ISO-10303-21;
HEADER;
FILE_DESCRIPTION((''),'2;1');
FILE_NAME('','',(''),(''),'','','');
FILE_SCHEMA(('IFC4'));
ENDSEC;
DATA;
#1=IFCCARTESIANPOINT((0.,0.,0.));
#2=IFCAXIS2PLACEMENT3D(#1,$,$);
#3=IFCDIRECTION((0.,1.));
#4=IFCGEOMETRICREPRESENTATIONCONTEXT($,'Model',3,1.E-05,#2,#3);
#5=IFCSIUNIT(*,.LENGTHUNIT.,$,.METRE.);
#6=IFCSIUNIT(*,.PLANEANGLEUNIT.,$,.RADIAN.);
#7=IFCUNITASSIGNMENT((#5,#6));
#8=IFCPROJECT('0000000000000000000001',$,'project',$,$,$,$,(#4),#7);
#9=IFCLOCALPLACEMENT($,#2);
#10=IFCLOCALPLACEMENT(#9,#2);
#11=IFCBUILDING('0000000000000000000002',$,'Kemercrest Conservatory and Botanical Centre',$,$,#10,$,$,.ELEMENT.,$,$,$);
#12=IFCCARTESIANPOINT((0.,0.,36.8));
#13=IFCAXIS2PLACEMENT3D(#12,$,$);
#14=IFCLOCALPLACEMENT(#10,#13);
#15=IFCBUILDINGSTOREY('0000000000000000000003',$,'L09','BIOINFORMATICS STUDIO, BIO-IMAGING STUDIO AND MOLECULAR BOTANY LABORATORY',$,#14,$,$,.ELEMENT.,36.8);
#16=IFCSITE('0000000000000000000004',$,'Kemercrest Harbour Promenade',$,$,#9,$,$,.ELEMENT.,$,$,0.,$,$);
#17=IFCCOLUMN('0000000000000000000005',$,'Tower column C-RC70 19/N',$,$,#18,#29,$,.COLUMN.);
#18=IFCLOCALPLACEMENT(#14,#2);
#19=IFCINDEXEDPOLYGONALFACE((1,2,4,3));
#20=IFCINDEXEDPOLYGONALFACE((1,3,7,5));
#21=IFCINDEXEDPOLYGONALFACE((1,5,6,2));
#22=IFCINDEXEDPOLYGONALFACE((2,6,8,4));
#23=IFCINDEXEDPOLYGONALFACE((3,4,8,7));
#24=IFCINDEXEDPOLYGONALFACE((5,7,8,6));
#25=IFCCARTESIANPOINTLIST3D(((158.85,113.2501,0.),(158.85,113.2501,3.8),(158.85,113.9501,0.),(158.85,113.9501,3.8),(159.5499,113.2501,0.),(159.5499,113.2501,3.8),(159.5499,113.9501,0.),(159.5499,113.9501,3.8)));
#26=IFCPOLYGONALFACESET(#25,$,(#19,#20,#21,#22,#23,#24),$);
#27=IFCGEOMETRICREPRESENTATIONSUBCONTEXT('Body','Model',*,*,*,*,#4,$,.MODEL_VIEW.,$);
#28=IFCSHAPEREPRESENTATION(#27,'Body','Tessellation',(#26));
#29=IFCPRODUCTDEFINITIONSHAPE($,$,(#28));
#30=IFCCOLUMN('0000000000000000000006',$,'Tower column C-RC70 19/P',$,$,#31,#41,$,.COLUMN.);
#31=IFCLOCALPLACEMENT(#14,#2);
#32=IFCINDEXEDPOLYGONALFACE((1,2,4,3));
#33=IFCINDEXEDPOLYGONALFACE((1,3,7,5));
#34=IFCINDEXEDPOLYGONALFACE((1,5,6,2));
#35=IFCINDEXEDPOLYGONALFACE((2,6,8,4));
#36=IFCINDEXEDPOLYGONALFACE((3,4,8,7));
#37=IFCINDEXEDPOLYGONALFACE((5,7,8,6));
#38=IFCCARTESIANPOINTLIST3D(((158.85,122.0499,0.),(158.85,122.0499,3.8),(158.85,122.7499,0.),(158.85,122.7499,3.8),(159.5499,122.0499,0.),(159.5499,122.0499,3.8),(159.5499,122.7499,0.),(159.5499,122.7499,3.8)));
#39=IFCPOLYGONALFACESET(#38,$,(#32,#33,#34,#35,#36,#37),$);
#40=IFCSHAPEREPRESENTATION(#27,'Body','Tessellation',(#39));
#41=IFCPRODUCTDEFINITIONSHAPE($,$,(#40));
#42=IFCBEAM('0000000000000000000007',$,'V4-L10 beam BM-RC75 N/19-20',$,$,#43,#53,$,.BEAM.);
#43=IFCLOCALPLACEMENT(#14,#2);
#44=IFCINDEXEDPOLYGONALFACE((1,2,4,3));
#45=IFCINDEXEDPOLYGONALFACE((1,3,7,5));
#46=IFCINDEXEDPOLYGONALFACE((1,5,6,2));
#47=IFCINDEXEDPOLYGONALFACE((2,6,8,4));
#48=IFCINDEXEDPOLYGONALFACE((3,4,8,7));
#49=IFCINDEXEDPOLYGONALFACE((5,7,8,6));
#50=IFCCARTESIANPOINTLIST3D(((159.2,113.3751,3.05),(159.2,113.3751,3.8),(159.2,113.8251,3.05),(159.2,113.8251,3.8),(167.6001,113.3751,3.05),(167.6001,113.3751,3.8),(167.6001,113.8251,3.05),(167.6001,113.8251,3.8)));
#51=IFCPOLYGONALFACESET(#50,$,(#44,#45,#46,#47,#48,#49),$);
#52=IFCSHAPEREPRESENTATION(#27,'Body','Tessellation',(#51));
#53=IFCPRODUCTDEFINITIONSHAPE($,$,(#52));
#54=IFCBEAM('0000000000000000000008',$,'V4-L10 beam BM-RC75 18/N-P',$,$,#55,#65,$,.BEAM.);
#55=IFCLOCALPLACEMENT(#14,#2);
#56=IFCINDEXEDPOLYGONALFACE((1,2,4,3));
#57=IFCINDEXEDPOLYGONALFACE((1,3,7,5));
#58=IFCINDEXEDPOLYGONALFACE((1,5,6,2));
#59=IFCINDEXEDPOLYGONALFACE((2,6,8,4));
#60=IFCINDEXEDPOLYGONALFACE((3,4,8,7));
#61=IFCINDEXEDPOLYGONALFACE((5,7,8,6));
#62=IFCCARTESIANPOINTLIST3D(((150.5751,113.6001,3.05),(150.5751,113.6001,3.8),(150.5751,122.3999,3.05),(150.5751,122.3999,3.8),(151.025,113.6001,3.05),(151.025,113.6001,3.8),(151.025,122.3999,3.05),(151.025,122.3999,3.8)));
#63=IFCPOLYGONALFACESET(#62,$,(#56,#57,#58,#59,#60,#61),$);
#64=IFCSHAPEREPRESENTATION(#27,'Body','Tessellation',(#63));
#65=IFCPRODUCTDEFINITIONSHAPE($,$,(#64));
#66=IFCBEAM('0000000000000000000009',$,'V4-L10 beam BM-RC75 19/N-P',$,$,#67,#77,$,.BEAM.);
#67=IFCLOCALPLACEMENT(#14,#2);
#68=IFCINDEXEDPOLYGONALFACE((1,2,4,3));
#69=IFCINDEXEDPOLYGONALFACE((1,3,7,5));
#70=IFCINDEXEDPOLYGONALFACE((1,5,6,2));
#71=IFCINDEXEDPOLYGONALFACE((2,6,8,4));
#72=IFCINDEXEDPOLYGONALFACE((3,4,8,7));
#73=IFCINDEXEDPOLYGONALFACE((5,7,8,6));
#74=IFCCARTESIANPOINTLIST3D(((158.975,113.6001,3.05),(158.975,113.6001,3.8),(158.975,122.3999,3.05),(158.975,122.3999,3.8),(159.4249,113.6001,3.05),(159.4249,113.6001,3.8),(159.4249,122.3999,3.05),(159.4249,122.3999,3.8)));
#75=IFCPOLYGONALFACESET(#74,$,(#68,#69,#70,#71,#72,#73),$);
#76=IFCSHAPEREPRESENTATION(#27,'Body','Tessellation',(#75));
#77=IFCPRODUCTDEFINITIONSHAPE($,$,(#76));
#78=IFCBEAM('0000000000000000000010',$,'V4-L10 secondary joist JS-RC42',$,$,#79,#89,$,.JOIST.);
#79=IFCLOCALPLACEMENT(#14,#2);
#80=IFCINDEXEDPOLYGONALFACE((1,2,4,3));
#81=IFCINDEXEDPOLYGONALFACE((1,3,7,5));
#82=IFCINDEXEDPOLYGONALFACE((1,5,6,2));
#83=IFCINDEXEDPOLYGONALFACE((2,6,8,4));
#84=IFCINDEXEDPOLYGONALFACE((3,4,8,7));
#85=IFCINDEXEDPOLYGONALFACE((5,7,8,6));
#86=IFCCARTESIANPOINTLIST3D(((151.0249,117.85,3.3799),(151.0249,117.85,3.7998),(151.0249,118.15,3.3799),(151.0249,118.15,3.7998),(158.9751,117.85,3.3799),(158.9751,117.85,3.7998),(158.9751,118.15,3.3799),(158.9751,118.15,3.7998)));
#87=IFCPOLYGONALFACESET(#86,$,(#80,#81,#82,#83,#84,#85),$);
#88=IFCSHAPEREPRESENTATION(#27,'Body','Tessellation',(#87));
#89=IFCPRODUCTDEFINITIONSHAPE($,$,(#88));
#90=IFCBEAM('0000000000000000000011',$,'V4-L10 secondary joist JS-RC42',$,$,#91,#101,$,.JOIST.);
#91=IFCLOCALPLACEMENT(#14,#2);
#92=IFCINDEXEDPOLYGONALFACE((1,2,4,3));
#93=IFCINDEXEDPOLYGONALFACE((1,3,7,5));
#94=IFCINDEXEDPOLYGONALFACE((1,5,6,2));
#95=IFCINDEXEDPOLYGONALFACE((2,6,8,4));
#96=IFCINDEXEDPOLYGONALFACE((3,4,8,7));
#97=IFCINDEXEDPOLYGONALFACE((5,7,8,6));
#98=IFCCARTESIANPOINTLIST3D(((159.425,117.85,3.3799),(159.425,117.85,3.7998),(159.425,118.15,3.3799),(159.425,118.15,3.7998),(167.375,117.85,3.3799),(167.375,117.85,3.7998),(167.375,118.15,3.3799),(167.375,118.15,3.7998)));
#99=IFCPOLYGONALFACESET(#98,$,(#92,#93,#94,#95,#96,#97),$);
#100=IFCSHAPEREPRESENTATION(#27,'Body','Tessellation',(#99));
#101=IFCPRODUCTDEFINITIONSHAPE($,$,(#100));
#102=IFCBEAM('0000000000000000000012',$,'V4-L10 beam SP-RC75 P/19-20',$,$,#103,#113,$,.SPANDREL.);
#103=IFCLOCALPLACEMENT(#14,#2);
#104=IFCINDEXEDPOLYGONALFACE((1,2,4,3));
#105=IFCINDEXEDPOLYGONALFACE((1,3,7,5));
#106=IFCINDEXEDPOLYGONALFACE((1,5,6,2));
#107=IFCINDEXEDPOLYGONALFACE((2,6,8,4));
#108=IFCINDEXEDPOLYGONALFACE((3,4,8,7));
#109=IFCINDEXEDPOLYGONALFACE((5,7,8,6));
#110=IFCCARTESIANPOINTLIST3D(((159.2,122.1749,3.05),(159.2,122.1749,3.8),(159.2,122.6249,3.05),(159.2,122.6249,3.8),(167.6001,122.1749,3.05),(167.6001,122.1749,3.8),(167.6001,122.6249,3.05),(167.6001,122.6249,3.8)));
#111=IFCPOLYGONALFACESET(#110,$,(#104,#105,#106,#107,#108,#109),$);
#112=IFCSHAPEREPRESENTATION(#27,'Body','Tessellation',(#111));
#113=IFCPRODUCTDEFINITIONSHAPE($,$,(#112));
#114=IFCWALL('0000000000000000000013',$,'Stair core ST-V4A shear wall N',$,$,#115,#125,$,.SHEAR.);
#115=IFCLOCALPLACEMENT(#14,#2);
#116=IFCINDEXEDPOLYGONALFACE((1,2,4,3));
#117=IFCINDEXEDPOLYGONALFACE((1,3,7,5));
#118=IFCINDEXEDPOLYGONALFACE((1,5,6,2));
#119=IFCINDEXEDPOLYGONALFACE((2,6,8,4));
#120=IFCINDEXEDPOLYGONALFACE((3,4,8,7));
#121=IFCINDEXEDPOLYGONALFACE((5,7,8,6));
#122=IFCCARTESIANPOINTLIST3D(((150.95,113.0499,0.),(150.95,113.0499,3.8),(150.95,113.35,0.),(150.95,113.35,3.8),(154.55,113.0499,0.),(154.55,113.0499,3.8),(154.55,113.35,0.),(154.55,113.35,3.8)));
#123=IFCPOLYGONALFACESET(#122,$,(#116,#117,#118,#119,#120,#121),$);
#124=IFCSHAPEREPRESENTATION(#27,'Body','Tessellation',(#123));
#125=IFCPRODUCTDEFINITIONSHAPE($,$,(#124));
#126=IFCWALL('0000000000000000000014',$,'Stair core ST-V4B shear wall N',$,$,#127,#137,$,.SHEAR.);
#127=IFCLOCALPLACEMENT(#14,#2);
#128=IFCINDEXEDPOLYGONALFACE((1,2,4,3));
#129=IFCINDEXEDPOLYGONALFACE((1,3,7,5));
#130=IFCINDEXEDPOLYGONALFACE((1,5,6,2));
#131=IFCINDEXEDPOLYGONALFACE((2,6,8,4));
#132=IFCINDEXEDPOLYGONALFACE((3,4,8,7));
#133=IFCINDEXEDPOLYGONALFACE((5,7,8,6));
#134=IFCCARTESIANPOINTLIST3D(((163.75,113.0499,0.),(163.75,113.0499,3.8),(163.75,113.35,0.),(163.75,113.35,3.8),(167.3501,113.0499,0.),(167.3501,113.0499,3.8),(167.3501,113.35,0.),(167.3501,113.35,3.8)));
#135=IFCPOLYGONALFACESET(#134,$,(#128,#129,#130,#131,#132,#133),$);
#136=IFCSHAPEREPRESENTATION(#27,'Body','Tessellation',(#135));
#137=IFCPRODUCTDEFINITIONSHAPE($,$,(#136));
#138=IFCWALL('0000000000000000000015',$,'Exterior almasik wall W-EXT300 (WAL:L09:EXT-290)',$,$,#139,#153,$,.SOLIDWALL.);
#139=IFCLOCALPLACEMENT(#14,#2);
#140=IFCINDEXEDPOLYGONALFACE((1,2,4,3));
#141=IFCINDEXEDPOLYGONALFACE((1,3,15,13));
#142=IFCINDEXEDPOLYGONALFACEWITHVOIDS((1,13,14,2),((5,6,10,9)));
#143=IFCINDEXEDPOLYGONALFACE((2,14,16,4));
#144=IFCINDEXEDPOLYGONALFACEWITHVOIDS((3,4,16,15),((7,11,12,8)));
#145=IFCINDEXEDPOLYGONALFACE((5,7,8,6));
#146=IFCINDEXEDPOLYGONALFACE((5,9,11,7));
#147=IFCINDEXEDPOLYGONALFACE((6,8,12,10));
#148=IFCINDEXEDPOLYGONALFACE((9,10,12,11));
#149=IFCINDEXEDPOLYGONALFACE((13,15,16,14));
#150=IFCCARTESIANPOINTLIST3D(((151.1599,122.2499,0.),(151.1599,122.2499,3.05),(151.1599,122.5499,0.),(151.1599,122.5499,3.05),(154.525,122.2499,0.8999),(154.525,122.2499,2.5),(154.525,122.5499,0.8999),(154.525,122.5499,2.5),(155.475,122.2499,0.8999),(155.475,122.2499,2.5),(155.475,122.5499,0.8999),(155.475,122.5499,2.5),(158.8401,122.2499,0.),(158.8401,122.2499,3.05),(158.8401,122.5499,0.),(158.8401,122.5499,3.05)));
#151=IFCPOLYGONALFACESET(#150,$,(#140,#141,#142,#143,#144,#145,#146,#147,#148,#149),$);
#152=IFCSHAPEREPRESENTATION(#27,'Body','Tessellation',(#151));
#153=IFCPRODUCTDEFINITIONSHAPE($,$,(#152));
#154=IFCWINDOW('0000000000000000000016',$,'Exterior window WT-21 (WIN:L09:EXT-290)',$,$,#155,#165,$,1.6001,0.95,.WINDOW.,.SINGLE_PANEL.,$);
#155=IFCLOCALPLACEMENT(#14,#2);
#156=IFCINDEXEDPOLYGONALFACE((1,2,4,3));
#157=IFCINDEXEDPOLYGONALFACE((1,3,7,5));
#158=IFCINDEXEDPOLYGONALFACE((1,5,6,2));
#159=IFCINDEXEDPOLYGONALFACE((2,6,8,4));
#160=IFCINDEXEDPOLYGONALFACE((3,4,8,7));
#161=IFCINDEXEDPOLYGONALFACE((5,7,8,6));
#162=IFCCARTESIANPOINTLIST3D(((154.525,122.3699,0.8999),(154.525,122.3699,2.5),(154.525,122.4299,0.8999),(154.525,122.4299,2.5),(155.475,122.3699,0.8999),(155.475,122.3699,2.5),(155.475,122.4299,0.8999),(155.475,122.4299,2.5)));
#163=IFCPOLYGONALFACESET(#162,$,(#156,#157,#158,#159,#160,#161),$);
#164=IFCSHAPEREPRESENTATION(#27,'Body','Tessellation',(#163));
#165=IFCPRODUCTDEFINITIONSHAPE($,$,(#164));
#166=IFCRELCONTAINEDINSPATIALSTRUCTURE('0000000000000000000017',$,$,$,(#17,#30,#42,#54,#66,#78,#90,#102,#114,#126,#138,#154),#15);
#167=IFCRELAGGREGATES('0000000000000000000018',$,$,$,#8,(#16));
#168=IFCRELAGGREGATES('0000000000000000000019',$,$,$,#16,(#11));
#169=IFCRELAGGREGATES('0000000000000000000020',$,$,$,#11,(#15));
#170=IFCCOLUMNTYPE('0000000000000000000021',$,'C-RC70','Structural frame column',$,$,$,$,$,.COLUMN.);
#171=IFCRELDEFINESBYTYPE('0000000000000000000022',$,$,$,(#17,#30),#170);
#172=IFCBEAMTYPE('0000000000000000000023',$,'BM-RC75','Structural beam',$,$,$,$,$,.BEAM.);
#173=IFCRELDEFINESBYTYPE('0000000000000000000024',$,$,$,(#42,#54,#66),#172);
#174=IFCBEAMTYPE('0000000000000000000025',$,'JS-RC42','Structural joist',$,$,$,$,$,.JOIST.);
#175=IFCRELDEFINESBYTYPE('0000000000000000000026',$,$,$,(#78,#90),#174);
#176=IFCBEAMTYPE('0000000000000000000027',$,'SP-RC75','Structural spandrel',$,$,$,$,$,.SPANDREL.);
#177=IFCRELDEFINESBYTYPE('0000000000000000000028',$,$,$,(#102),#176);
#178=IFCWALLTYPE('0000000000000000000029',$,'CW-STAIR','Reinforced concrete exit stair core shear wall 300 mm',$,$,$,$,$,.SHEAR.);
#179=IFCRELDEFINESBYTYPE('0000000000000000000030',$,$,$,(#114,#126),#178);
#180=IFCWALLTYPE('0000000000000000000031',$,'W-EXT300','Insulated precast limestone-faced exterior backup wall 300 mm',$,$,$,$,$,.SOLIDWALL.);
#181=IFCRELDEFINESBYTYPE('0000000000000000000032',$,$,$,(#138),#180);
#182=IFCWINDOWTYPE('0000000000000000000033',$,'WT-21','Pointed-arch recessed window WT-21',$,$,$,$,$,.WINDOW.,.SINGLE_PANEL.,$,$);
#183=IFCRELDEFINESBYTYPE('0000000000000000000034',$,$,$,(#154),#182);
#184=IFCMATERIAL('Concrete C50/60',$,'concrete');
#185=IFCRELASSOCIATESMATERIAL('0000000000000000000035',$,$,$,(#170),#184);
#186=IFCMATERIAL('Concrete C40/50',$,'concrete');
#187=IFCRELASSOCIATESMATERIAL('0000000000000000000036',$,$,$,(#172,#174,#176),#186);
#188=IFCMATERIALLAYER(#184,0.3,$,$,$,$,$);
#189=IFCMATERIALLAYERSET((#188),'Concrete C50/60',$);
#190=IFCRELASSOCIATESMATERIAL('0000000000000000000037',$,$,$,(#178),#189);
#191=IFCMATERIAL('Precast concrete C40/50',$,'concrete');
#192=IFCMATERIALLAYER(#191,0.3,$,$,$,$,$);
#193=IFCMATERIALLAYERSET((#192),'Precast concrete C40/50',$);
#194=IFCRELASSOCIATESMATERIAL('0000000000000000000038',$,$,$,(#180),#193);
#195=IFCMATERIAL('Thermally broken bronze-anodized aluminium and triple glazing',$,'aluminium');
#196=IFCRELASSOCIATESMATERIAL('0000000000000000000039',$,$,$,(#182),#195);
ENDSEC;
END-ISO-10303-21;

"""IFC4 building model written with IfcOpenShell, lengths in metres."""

from ifc_helpers import new_model, si_unit, direction, frame, frame_2d, origin, origin_2d, place, context, subcontext, project, spatial, rectangle, extrude, material, layer, layer_set, material_profile, profile_set, type_object, element, fill, save


model = new_model("IFC4")

# Units and contexts
model_context = context("Model", 3, precision=1e-05, world=origin(), true_north=direction((0.0, 1.0)))
body_context = subcontext(model_context, "Body", "Model", "MODEL_VIEW")
ifc_project = project(units=[si_unit("LENGTHUNIT", "METRE"), si_unit("PLANEANGLEUNIT", "RADIAN")], contexts=[model_context])

# Site, building, storey
site_placement = place(None, origin())
site = spatial("IfcSite", under=ifc_project, at=site_placement, Name="Kemercrest Harbour Promenade", CompositionType="ELEMENT", RefElevation=0.0)
building_placement = place(site_placement, origin())
building = spatial("IfcBuilding", under=site, at=building_placement, Name="Kemercrest Conservatory and Botanical Centre", CompositionType="ELEMENT")
storey_placement = place(building_placement, frame((0.0, 0.0, 36.8)))
storey = spatial("IfcBuildingStorey", under=building, at=storey_placement, Name="L09", Description="BIOINFORMATICS STUDIO, BIO-IMAGING STUDIO AND MOLECULAR BOTANY LABORATORY", CompositionType="ELEMENT", Elevation=36.8)

# Columns
ifc_material_1 = material(Name="Concrete C50/60", Category="concrete")
ifc_material_profile_1 = material_profile(ifc_material_1, rectangle(XDim=0.7, YDim=0.7, at=origin_2d()), Name="RC 700x700")
ifc_profile_set_1 = profile_set([ifc_material_profile_1], Name="Concrete C50/60")
column_type = type_object("IfcColumnType", Name="C-RC70", Description="Structural frame column", PredefinedType="COLUMN", material=ifc_profile_set_1)
for number, where, z_axis, x_axis, name in (
    (1, (159.2, 113.6001, 0.0), (0.0, 0.0, 1.0), (1.0, 0.0, 0.0), "Tower column C-RC70 19/N"),
    (2, (159.2, 122.3999, 0.0), (0.0, 0.0, 1.0), (1.0, 0.0, 0.0), "Tower column C-RC70 19/P"),
):
    element("IfcColumn", number, at=place(storey_placement, frame(where, z_axis=z_axis, x_axis=x_axis)), inside=storey, type_object=column_type, Name=name, PredefinedType="COLUMN", context=body_context, shape_type="SweptSolid", body=[
        extrude(rectangle(XDim=0.7, YDim=0.7, at=origin_2d()), origin(), (0.0, 0.0, 1.0), 3.8),
    ])

# Beams
ifc_material_2 = material(Name="Concrete C40/50", Category="concrete")
ifc_material_profile_2 = material_profile(ifc_material_2, rectangle(XDim=0.45, YDim=0.75, at=origin_2d()), Name="RC 450x750")
ifc_profile_set_2 = profile_set([ifc_material_profile_2], Name="Concrete C40/50")
beam_type_1 = type_object("IfcBeamType", Name="BM-RC75", Description="Structural beam", PredefinedType="BEAM", material=ifc_profile_set_2)
beam_1_placement = place(storey_placement, frame((159.2, 113.6001, 3.425), z_axis=(1.0, 0.0, 0.0), x_axis=(0.0, 1.0, 0.0)))
element("IfcBeam", 3, at=beam_1_placement, inside=storey, type_object=beam_type_1, Name="V4-L10 beam BM-RC75 N/19-20", PredefinedType="BEAM", context=body_context, shape_type="SweptSolid", body=[
    extrude(rectangle(XDim=0.45, YDim=0.75, at=origin_2d()), origin(), (0.0, 0.0, 1.0), 8.4001),
])
for number, where, z_axis, x_axis, name in (
    (4, (150.8, 113.6001, 3.425), (0.0, 1.0, 0.0), (-1.0, 0.0, 0.0), "V4-L10 beam BM-RC75 18/N-P"),
    (5, (159.2, 113.6001, 3.425), (0.0, 1.0, 0.0), (-1.0, 0.0, 0.0), "V4-L10 beam BM-RC75 19/N-P"),
):
    element("IfcBeam", number, at=place(storey_placement, frame(where, z_axis=z_axis, x_axis=x_axis)), inside=storey, type_object=beam_type_1, Name=name, PredefinedType="BEAM", context=body_context, shape_type="SweptSolid", body=[
        extrude(rectangle(XDim=0.45, YDim=0.75, at=origin_2d()), origin(), (0.0, 0.0, 1.0), 8.7998),
    ])
ifc_material_profile_3 = material_profile(ifc_material_2, rectangle(XDim=0.3, YDim=0.4199, at=origin_2d()), Name="RC 300x420")
ifc_profile_set_3 = profile_set([ifc_material_profile_3], Name="Concrete C40/50")
beam_type_2 = type_object("IfcBeamType", Name="JS-RC42", Description="Structural joist", PredefinedType="JOIST", material=ifc_profile_set_3)
beam_2_placement = place(storey_placement, frame((151.0249, 118.0, 3.5898), z_axis=(1.0, 0.0, 0.0), x_axis=(0.0, 1.0, 0.0)))
element("IfcBeam", 6, at=beam_2_placement, inside=storey, type_object=beam_type_2, Name="V4-L10 secondary joist JS-RC42", PredefinedType="JOIST", context=body_context, shape_type="SweptSolid", body=[
    extrude(rectangle(XDim=0.3, YDim=0.4199, at=origin_2d()), origin(), (0.0, 0.0, 1.0), 7.9502),
])
beam_3_placement = place(storey_placement, frame((159.425, 118.0, 3.5898), z_axis=(1.0, 0.0, 0.0), x_axis=(0.0, 1.0, 0.0)))
element("IfcBeam", 7, at=beam_3_placement, inside=storey, type_object=beam_type_2, Name="V4-L10 secondary joist JS-RC42", PredefinedType="JOIST", context=body_context, shape_type="SweptSolid", body=[
    extrude(rectangle(XDim=0.3, YDim=0.4199, at=origin_2d()), origin(), (0.0, 0.0, 1.0), 7.95),
])
ifc_material_profile_4 = material_profile(ifc_material_2, rectangle(XDim=0.45, YDim=0.75, at=origin_2d()), Name="RC 450x750")
ifc_profile_set_4 = profile_set([ifc_material_profile_4], Name="Concrete C40/50")
beam_type_3 = type_object("IfcBeamType", Name="SP-RC75", Description="Structural spandrel", PredefinedType="SPANDREL", material=ifc_profile_set_4)
beam_4_placement = place(storey_placement, frame((159.2, 122.3999, 3.425), z_axis=(1.0, 0.0, 0.0), x_axis=(0.0, 1.0, 0.0)))
element("IfcBeam", 8, at=beam_4_placement, inside=storey, type_object=beam_type_3, Name="V4-L10 beam SP-RC75 P/19-20", PredefinedType="SPANDREL", context=body_context, shape_type="SweptSolid", body=[
    extrude(rectangle(XDim=0.45, YDim=0.75, at=origin_2d()), origin(), (0.0, 0.0, 1.0), 8.4001),
])

# Walls
ifc_layer_1 = layer(ifc_material_1, 0.3)
ifc_layer_set_1 = layer_set([ifc_layer_1], Name="Concrete C50/60")
wall_type_1 = type_object("IfcWallType", Name="CW-STAIR", Description="Reinforced concrete exit stair core shear wall 300 mm", PredefinedType="SHEAR", material=ifc_layer_set_1)
for number, where, z_axis, x_axis, name in (
    (9, (150.95, 113.2, 0.0), (0.0, 0.0, 1.0), (1.0, 0.0, 0.0), "Stair core ST-V4A shear wall N"),
    (10, (163.75, 113.2, 0.0), (0.0, 0.0, 1.0), (1.0, 0.0, 0.0), "Stair core ST-V4B shear wall N"),
):
    element("IfcWall", number, at=place(storey_placement, frame(where, z_axis=z_axis, x_axis=x_axis)), inside=storey, type_object=wall_type_1, Name=name, PredefinedType="SHEAR", context=body_context, shape_type="SweptSolid", body=[
        extrude(rectangle(XDim=3.6001, YDim=0.3, at=frame_2d((1.8, 0.0))), origin(), (0.0, 0.0, 1.0), 3.8),
    ])

# Wall, opening, window
ifc_material_3 = material(Name="Precast concrete C40/50", Category="concrete")
ifc_layer_2 = layer(ifc_material_3, 0.3)
ifc_layer_set_2 = layer_set([ifc_layer_2], Name="Precast concrete C40/50")
wall_type_2 = type_object("IfcWallType", Name="W-EXT300", Description="Insulated precast limestone-faced exterior backup wall 300 mm", PredefinedType="SOLIDWALL", material=ifc_layer_set_2)
wall_1_placement = place(storey_placement, frame((158.8401, 122.3999, 0.0), z_axis=(0.0, 0.0, 1.0), x_axis=(-1.0, 0.0, 0.0)))
wall_1 = element("IfcWall", 11, at=wall_1_placement, inside=storey, type_object=wall_type_2, Name="Exterior almasik wall W-EXT300 (WAL:L09:EXT-290)", PredefinedType="SOLIDWALL", context=body_context, shape_type="SweptSolid", body=[
    extrude(rectangle(XDim=7.6802, YDim=0.3, at=frame_2d((3.8401, 0.0))), origin(), (0.0, 0.0, 1.0), 3.05),
])
opening_1_placement = place(wall_1_placement, frame((3.365, 0.0, 0.8999)))
opening_1 = element("IfcOpeningElement", 12, at=opening_1_placement, cuts=wall_1, PredefinedType="OPENING", context=body_context, shape_type="SweptSolid", body=[
    extrude(rectangle(XDim=0.95, YDim=1.6001, at=frame_2d((0.4751, 0.8))), frame((0.0, 0.1602, 0.0), z_axis=(0.0, -1.0, 0.0), x_axis=(1.0, 0.0, 0.0)), (0.0, 0.0, 1.0), 0.3201),
])
ifc_material_4 = material(Name="Thermally broken bronze-anodized aluminium and triple glazing", Category="aluminium")
window_type = type_object("IfcWindowType", Name="WT-21", Description="Pointed-arch recessed window WT-21", PartitioningType="SINGLE_PANEL", PredefinedType="WINDOW", material=ifc_material_4)
window_placement = place(opening_1_placement, origin())
window = element("IfcWindow", 13, at=window_placement, inside=storey, type_object=window_type, Name="Exterior window WT-21 (WIN:L09:EXT-290)", OverallHeight=1.6001, OverallWidth=0.95, PartitioningType="SINGLE_PANEL", PredefinedType="WINDOW", context=body_context, shape_type="SweptSolid", body=[
    extrude(rectangle(XDim=0.95, YDim=1.6001, at=frame_2d((0.4751, 0.8))), frame((0.0, 0.03, 0.0), z_axis=(0.0, -1.0, 0.0), x_axis=(1.0, 0.0, 0.0)), (0.0, 0.0, 1.0), 0.0601),
])
fill(opening_1, window)

save(model, "model.ifc")
